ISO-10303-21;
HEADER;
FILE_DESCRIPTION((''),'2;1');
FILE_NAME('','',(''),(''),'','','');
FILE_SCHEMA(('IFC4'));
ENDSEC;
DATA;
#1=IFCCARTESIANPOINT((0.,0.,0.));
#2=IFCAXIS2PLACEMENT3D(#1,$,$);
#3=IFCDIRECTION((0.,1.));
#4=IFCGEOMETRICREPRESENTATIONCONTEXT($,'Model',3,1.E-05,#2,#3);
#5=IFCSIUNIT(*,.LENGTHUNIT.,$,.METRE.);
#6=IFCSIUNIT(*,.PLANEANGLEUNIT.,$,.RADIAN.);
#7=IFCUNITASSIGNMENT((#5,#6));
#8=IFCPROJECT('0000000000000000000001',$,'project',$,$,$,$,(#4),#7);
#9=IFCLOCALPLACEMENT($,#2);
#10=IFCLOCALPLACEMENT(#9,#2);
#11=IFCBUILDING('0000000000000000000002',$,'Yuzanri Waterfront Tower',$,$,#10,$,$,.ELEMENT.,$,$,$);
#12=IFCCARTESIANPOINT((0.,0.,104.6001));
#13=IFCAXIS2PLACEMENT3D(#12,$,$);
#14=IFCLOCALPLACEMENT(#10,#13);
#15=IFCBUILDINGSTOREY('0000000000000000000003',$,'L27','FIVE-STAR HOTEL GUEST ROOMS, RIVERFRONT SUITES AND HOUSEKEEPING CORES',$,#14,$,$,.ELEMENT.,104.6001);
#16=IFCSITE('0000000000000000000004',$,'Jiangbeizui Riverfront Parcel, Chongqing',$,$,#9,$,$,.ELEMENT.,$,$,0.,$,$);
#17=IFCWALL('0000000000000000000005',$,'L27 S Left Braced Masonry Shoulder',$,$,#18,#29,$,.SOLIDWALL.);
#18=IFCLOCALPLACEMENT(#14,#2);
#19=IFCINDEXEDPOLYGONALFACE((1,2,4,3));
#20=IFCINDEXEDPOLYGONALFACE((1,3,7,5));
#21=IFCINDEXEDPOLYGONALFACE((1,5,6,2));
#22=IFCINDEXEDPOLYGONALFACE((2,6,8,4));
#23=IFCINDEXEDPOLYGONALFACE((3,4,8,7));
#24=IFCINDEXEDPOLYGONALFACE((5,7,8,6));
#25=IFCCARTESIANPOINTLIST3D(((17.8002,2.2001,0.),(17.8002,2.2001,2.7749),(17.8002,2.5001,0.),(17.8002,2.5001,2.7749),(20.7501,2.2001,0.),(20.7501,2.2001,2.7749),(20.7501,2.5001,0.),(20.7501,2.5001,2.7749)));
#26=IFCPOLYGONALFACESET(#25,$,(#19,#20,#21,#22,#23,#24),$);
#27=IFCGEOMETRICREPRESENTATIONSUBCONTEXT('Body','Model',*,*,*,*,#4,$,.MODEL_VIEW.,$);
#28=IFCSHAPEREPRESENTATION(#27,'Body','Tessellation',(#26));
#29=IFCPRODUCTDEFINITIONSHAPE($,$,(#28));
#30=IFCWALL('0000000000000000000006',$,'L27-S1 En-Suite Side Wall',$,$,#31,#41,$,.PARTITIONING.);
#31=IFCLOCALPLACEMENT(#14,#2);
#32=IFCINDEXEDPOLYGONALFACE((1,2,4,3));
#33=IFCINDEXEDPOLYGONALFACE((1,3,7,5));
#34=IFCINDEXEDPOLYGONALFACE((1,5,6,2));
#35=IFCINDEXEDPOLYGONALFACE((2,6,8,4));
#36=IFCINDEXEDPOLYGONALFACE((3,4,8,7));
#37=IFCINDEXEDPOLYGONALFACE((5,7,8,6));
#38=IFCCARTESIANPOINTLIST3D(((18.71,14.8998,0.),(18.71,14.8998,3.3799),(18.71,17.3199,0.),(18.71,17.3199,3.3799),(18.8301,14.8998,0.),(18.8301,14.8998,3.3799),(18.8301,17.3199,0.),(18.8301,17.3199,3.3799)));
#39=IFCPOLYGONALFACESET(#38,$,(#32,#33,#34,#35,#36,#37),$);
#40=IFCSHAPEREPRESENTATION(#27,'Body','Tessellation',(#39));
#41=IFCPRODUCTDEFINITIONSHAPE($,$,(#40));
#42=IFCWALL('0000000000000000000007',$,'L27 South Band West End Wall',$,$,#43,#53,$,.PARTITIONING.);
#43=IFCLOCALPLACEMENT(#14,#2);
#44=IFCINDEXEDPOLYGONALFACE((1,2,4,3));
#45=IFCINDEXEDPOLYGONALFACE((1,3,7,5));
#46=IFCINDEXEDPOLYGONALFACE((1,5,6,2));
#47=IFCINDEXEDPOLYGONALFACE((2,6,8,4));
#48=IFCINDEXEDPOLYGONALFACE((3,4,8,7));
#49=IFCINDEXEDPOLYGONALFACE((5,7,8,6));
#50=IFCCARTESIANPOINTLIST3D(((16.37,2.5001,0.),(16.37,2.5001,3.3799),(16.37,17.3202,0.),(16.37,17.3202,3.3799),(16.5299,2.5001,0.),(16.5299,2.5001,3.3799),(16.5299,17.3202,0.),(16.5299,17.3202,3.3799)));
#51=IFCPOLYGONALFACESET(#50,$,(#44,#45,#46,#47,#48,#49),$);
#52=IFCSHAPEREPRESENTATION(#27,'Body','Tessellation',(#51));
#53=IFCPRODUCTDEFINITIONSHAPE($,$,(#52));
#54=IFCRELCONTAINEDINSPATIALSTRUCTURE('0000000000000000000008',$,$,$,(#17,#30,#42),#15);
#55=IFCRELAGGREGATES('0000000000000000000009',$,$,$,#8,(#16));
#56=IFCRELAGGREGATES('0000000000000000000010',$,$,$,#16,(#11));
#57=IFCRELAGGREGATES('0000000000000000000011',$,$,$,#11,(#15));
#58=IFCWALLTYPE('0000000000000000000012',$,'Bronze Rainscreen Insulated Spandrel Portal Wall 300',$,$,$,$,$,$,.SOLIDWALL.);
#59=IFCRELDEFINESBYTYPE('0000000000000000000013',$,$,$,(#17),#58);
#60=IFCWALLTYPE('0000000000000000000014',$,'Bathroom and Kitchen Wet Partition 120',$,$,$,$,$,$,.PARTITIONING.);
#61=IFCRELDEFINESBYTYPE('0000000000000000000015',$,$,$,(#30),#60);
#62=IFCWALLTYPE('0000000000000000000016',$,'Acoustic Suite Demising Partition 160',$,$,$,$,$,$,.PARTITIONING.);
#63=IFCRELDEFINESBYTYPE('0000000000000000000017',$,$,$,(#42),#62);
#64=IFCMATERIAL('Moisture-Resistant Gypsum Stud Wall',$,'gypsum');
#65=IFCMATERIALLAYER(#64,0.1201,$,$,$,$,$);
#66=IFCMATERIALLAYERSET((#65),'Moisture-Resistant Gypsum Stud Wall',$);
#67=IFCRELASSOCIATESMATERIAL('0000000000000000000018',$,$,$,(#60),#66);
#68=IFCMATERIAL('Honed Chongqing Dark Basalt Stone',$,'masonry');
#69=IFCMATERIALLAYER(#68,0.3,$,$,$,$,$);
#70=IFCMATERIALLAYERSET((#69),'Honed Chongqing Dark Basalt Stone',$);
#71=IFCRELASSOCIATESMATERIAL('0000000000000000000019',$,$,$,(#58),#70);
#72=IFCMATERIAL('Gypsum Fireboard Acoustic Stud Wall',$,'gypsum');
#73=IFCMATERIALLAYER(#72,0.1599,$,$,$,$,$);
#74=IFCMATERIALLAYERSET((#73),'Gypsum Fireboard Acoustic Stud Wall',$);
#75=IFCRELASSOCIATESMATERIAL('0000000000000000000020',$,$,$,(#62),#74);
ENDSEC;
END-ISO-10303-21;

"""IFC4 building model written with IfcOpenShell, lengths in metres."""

from ifc_helpers import new_model, si_unit, direction, frame, frame_2d, origin, place, context, subcontext, project, spatial, rectangle, extrude, source, transform, mapped, material, layer, layer_set, type_object, element, save


model = new_model("IFC4")

# Units and contexts
model_context = context("Model", 3, precision=1e-05, world=origin(), true_north=direction((0.0, 1.0)))
body_context = subcontext(model_context, "Body", "Model", "MODEL_VIEW")
ifc_project = project(units=[si_unit("LENGTHUNIT", "METRE"), si_unit("PLANEANGLEUNIT", "RADIAN")], contexts=[model_context])

# Site, building, storey
site_placement = place(None, origin())
site = spatial("IfcSite", under=ifc_project, at=site_placement, Name="Jiangbeizui Riverfront Parcel, Chongqing", CompositionType="ELEMENT", RefElevation=0.0)
building_placement = place(site_placement, origin())
building = spatial("IfcBuilding", under=site, at=building_placement, Name="Yuzanri Waterfront Tower", CompositionType="ELEMENT")
storey_placement = place(building_placement, frame((0.0, 0.0, 104.6001)))
storey = spatial("IfcBuildingStorey", under=building, at=storey_placement, Name="L27", Description="FIVE-STAR HOTEL GUEST ROOMS, RIVERFRONT SUITES AND HOUSEKEEPING CORES", CompositionType="ELEMENT", Elevation=104.6001)

# Shared definitions
ifc_material_1 = material(Name="Moisture-Resistant Gypsum Stud Wall", Category="gypsum")
ifc_layer_1 = layer(ifc_material_1, 0.1201)
ifc_layer_set_1 = layer_set([ifc_layer_1], Name="Moisture-Resistant Gypsum Stud Wall")
wall_type_1 = type_object("IfcWallType", Name="Bathroom and Kitchen Wet Partition 120", PredefinedType="PARTITIONING", material=ifc_layer_set_1)

# Shared definitions
ifc_material_2 = material(Name="Honed Chongqing Dark Basalt Stone", Category="masonry")
ifc_layer_2 = layer(ifc_material_2, 0.3)
ifc_layer_set_2 = layer_set([ifc_layer_2], Name="Honed Chongqing Dark Basalt Stone")
wall_type_2 = type_object("IfcWallType", Name="Bronze Rainscreen Insulated Spandrel Portal Wall 300", PredefinedType="SOLIDWALL", material=ifc_layer_set_2)

# Walls
shared_shape_1 = source(origin(), body_context, "Body", "SweptSolid", [
    extrude(rectangle(XDim=2.95, YDim=0.3, at=frame_2d((1.4751, 0.0))), origin(), (0.0, 0.0, 1.0), 2.7749),
])
wall_1_placement = place(storey_placement, frame((17.8, 2.3501, 0.0), z_axis=(0.0, 0.0, 1.0), x_axis=(1.0, 0.0, 0.0)))
element("IfcWall", 1, at=wall_1_placement, inside=storey, type_object=wall_type_2, Name="L27 S Left Braced Masonry Shoulder", PredefinedType="SOLIDWALL", context=body_context, shape_type="MappedRepresentation", body=[
    mapped(shared_shape_1, transform((0.0, 0.0, 0.0), scale=1.0)),
])
shared_shape_2 = source(origin(), body_context, "Body", "SweptSolid", [
    extrude(rectangle(XDim=2.4202, YDim=0.1201, at=frame_2d((1.21, 0.0))), origin(), (0.0, 0.0, 1.0), 3.3799),
])
wall_2_placement = place(storey_placement, frame((18.77, 14.8999, 0.0), z_axis=(0.0, 0.0, 1.0), x_axis=(0.0, 1.0, 0.0)))
element("IfcWall", 2, at=wall_2_placement, inside=storey, type_object=wall_type_1, Name="L27-S1 En-Suite Side Wall", PredefinedType="PARTITIONING", context=body_context, shape_type="MappedRepresentation", body=[
    mapped(shared_shape_2, transform((0.0, 0.0, 0.0), scale=1.0)),
])
ifc_material_3 = material(Name="Gypsum Fireboard Acoustic Stud Wall", Category="gypsum")
ifc_layer_3 = layer(ifc_material_3, 0.1599)
ifc_layer_set_3 = layer_set([ifc_layer_3], Name="Gypsum Fireboard Acoustic Stud Wall")
wall_type_3 = type_object("IfcWallType", Name="Acoustic Suite Demising Partition 160", PredefinedType="PARTITIONING", material=ifc_layer_set_3)
shared_shape_3 = source(origin(), body_context, "Body", "SweptSolid", [
    extrude(rectangle(XDim=14.8201, YDim=0.1599, at=frame_2d((7.4102, 0.0))), origin(), (0.0, 0.0, 1.0), 3.3799),
])
wall_3_placement = place(storey_placement, frame((16.45, 2.5, 0.0), z_axis=(0.0, 0.0, 1.0), x_axis=(0.0, 1.0, 0.0)))
element("IfcWall", 3, at=wall_3_placement, inside=storey, type_object=wall_type_3, Name="L27 South Band West End Wall", PredefinedType="PARTITIONING", context=body_context, shape_type="MappedRepresentation", body=[
    mapped(shared_shape_3, transform((0.0, 0.0, 0.0), scale=1.0)),
])

save(model, "model.ifc")
